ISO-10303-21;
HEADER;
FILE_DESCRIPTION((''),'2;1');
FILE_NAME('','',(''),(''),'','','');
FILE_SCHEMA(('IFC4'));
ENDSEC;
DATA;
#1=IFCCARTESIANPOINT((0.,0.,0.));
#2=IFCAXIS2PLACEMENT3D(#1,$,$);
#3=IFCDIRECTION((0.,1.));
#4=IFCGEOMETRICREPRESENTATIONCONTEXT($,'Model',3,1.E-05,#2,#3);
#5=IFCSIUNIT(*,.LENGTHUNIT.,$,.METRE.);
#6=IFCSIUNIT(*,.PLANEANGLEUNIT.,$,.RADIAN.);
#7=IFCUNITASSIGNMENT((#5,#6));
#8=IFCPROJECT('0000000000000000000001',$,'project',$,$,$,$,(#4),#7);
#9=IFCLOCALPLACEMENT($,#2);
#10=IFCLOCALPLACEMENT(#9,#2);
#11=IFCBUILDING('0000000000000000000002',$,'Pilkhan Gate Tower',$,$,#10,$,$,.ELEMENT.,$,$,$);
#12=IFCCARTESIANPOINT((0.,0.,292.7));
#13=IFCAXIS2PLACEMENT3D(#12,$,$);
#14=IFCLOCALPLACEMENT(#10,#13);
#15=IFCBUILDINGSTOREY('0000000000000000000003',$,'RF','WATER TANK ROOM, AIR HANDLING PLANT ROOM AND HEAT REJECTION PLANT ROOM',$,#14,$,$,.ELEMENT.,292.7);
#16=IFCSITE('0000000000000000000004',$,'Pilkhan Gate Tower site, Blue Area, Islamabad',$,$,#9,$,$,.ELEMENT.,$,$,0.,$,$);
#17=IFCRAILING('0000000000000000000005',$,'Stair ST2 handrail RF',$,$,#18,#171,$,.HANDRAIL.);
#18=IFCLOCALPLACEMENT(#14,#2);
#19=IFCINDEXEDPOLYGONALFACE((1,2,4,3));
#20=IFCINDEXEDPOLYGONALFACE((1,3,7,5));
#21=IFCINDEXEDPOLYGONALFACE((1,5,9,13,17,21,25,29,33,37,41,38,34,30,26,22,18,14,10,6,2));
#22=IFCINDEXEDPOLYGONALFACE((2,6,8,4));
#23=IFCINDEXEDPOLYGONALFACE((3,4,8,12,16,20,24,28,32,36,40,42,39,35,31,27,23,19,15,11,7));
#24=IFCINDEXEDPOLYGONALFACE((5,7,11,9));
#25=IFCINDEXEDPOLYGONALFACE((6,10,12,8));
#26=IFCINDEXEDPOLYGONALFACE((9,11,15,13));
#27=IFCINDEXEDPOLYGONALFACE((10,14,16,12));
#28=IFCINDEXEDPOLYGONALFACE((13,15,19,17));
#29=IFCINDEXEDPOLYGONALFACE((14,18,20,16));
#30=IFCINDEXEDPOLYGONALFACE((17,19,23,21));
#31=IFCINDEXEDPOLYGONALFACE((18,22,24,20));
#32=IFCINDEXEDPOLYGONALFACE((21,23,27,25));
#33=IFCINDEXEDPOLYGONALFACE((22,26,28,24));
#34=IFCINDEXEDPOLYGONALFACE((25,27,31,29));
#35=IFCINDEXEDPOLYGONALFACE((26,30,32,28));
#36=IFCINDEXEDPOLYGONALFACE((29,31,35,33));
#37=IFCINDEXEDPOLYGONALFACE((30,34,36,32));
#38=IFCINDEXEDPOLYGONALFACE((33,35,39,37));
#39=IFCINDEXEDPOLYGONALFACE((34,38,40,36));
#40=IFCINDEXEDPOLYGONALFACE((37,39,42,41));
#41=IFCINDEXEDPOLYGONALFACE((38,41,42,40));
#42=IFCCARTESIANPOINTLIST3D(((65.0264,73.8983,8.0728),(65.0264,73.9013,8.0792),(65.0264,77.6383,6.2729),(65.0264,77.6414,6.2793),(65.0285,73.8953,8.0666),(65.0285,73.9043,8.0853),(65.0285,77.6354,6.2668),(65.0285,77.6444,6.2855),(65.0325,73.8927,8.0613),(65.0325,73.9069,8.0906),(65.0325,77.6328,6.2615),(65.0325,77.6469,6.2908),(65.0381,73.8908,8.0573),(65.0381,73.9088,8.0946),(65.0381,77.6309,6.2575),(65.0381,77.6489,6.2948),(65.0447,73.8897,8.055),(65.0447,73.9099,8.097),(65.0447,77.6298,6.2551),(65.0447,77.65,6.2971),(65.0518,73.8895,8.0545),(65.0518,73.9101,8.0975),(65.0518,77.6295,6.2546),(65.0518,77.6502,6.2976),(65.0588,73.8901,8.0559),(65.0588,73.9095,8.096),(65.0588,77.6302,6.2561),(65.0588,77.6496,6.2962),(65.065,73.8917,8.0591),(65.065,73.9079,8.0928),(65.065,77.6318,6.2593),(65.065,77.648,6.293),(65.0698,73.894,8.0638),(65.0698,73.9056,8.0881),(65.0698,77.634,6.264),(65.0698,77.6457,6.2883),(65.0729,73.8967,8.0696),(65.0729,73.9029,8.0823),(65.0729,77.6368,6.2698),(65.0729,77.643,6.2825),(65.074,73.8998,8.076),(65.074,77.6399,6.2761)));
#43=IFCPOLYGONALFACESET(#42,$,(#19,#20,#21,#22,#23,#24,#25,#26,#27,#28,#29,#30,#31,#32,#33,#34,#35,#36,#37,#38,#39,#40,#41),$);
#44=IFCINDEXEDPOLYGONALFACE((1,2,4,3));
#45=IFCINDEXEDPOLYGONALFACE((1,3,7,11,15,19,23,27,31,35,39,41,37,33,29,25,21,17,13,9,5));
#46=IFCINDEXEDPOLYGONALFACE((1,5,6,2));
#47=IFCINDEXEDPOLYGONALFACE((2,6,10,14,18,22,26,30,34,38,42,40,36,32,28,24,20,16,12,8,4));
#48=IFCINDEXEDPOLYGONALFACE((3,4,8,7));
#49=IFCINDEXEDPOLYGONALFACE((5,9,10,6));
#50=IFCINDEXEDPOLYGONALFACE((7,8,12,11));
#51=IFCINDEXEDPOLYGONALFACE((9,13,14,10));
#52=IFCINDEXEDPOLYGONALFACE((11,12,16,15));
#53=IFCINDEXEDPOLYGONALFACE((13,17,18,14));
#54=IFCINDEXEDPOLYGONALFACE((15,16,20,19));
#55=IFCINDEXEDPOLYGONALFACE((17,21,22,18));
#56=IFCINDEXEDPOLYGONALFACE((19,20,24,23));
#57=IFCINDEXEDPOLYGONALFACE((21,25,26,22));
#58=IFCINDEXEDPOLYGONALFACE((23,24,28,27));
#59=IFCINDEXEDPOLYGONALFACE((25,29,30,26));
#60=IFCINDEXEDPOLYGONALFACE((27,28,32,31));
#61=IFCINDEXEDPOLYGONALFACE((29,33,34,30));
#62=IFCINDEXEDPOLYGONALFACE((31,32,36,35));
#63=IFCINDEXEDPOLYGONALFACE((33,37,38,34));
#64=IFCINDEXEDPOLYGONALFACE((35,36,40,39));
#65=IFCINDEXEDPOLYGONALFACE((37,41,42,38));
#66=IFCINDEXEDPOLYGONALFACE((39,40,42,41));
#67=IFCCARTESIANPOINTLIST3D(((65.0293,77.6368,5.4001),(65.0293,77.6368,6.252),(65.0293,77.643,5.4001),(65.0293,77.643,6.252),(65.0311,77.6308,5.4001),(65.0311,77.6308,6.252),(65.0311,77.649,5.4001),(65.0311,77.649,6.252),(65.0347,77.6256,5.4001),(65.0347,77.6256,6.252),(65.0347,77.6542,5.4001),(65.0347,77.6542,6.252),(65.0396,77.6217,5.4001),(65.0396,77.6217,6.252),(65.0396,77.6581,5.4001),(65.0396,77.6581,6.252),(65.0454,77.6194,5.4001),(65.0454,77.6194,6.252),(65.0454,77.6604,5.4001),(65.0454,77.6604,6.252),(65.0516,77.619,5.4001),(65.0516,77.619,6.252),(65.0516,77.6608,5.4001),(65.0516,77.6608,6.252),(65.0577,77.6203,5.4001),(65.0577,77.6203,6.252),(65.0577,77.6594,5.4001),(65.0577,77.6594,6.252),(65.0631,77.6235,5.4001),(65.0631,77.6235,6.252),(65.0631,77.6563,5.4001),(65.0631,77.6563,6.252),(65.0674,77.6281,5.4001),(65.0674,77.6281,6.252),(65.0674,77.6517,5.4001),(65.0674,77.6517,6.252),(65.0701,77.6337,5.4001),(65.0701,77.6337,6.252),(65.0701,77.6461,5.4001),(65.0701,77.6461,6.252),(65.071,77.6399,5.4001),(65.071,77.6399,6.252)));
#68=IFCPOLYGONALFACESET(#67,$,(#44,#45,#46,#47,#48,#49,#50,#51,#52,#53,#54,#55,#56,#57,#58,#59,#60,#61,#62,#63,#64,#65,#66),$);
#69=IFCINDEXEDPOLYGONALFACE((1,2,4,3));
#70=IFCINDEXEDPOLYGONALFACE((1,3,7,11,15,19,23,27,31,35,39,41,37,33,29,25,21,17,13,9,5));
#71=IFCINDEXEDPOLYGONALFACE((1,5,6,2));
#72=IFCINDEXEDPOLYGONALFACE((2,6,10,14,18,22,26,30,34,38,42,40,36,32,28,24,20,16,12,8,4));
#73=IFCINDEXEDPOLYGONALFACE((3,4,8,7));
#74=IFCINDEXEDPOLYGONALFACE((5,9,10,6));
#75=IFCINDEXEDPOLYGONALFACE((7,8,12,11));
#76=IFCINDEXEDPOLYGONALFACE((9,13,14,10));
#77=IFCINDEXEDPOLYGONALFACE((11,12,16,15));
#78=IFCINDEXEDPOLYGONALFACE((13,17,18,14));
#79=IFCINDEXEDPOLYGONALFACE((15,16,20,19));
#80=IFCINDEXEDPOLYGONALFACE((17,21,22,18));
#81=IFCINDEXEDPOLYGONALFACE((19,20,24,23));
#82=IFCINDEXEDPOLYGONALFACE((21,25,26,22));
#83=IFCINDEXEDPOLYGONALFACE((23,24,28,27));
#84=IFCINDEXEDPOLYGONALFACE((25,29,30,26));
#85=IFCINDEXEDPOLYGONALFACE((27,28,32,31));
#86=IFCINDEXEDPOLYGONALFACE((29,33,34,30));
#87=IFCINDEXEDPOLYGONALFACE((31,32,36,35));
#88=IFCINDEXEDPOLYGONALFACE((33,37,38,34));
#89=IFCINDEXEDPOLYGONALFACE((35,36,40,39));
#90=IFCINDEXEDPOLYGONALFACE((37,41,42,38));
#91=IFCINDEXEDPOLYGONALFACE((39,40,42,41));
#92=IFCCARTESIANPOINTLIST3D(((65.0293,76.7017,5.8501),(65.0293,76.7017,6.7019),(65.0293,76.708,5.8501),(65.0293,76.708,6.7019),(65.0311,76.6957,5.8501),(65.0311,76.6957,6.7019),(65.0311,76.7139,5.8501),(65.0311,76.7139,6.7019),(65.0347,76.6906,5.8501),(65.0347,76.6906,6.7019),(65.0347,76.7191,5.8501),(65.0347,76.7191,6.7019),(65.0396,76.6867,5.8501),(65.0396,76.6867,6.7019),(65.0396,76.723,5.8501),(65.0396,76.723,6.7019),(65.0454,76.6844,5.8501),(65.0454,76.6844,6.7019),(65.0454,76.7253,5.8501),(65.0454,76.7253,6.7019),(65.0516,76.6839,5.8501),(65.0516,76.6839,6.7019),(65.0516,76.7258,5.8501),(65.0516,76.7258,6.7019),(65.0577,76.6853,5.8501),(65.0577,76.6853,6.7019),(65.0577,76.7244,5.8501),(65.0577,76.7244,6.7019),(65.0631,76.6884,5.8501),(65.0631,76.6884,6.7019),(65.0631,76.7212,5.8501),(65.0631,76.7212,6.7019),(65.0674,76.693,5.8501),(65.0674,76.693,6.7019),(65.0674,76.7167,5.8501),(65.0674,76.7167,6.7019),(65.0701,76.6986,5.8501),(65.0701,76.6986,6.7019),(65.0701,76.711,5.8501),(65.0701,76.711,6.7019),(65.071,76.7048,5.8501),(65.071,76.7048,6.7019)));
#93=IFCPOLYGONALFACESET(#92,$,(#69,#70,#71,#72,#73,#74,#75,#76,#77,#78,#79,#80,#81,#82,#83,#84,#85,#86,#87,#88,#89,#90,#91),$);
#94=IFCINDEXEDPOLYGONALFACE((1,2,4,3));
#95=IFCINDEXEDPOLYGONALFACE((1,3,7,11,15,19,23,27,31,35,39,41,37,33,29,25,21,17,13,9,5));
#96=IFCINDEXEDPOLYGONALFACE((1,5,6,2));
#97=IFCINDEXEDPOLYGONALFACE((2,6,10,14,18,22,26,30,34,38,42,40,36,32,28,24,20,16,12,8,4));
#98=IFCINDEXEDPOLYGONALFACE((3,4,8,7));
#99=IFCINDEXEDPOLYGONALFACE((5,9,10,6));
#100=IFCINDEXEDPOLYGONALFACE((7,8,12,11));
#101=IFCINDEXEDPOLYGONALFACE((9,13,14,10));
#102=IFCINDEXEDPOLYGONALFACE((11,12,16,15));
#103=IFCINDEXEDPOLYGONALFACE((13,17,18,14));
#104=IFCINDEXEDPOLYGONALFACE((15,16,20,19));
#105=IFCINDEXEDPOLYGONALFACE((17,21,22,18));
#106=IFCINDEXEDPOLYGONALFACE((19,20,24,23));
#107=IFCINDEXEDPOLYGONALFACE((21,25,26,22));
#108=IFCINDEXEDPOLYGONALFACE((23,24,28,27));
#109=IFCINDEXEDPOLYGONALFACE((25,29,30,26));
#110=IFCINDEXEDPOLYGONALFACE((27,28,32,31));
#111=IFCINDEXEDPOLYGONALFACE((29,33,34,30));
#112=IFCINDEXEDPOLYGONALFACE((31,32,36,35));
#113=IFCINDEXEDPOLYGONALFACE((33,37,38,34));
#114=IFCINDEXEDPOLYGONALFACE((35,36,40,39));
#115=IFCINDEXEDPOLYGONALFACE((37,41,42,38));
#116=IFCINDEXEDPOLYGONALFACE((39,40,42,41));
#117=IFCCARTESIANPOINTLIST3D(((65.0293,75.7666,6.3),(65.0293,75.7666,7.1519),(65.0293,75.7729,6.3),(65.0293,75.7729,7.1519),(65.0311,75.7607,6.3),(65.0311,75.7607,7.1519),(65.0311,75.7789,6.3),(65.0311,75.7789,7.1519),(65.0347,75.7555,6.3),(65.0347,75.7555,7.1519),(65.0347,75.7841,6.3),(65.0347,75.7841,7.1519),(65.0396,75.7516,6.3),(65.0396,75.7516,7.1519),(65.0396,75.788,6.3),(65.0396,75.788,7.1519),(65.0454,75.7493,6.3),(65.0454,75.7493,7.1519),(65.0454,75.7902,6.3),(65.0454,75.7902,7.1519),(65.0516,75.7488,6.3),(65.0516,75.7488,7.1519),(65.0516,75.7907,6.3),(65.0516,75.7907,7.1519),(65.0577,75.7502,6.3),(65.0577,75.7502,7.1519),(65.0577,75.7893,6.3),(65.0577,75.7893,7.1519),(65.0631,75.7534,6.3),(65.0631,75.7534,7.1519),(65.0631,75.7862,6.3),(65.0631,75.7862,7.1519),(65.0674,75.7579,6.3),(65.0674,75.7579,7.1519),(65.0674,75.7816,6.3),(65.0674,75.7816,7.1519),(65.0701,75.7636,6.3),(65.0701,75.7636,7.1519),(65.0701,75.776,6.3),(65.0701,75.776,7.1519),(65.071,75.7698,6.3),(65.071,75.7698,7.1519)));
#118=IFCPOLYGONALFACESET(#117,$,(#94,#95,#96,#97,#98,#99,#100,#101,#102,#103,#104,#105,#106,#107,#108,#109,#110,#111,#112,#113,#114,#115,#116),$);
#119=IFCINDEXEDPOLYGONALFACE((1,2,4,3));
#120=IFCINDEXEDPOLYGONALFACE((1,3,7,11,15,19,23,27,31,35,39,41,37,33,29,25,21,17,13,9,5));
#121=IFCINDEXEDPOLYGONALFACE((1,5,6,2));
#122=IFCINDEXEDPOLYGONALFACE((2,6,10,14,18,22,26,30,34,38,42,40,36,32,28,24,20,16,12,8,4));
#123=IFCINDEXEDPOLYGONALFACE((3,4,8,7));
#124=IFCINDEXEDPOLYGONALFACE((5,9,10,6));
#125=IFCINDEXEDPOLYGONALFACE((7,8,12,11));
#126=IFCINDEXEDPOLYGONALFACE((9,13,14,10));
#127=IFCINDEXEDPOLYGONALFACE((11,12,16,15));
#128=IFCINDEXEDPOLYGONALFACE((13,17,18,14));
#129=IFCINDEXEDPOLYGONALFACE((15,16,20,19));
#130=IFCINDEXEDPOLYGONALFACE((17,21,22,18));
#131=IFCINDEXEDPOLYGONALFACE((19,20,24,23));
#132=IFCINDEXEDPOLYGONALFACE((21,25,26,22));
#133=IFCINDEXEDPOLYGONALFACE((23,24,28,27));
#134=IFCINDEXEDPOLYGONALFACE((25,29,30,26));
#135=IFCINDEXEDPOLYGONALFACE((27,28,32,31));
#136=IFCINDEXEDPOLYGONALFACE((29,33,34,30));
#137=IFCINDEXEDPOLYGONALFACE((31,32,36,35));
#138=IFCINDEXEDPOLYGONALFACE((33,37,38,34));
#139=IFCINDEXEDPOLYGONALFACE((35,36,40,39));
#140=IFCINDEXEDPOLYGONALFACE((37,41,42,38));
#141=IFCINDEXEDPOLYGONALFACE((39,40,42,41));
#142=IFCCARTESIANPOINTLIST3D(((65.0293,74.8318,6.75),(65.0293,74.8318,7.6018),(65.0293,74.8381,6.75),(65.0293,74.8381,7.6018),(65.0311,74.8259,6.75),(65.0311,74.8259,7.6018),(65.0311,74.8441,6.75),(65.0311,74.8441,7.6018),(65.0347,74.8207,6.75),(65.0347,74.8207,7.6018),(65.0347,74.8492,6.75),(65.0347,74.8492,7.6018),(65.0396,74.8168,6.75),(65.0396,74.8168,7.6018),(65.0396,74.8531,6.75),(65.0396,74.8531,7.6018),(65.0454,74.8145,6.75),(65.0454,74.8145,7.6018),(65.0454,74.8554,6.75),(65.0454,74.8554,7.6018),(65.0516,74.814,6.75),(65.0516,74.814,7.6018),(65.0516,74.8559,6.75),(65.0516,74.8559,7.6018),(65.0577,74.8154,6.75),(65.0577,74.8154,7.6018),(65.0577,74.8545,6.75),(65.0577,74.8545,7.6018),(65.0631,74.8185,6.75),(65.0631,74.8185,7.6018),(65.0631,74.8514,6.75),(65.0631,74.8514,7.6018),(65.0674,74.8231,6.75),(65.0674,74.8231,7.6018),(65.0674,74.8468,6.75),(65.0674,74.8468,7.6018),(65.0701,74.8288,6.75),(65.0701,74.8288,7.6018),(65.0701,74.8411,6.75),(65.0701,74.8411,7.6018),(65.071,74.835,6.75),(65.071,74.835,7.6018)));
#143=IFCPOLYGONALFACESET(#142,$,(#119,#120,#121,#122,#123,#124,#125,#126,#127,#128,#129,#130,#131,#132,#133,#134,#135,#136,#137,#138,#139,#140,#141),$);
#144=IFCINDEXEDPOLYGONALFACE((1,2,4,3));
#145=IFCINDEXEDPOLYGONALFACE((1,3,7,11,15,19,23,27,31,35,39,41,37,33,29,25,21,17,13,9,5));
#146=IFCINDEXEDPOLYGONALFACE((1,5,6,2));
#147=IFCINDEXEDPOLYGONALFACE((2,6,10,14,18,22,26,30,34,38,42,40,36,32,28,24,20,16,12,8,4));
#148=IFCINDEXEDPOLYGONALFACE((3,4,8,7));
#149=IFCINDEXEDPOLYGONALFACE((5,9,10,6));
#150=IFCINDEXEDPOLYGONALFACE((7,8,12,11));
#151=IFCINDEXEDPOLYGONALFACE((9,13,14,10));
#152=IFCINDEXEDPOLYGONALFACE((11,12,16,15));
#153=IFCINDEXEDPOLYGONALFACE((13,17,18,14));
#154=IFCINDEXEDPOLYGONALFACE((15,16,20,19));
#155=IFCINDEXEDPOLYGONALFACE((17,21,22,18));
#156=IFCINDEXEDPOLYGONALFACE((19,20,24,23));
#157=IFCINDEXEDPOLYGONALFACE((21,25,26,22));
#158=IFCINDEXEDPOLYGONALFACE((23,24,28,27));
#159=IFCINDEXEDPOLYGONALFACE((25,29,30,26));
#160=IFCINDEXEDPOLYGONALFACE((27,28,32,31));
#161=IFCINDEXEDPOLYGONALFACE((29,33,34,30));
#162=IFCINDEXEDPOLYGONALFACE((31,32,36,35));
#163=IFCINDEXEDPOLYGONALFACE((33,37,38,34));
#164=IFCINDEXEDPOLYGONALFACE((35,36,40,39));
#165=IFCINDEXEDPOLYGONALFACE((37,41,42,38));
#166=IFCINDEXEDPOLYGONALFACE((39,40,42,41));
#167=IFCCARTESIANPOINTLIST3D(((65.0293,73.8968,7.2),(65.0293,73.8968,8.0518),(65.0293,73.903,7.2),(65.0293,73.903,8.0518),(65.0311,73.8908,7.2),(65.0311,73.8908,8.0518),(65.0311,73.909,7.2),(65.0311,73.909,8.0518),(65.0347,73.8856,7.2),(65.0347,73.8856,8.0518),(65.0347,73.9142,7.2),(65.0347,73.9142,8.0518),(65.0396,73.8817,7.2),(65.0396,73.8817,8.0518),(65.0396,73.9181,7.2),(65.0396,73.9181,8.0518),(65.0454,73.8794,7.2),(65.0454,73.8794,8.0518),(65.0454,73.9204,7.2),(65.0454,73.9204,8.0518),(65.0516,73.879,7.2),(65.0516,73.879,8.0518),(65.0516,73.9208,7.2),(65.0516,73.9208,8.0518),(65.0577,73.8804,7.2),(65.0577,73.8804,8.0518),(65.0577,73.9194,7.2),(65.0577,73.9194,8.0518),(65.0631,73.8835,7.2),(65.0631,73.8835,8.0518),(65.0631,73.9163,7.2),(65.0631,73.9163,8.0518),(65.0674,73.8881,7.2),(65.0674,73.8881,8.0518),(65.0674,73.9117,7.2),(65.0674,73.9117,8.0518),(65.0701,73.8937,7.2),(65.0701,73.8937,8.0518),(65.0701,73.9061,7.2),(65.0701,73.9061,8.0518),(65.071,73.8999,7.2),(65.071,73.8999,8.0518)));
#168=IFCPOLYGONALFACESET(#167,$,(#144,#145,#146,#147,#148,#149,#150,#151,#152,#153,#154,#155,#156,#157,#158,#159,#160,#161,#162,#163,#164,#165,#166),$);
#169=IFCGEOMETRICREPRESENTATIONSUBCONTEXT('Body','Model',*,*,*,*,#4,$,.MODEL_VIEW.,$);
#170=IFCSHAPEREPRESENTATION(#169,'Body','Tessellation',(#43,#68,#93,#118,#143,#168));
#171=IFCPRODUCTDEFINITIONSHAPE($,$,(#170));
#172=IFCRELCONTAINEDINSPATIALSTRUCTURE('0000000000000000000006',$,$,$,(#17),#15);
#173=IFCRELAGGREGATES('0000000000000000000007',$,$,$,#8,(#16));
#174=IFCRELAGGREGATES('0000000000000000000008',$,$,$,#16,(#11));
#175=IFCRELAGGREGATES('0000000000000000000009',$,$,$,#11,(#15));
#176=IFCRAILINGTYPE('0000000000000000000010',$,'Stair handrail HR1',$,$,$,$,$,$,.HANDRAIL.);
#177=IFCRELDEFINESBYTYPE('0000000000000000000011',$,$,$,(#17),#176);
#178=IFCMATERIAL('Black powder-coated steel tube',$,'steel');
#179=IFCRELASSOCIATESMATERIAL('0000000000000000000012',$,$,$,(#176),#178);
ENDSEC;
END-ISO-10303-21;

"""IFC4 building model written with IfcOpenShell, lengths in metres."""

from ifc_helpers import new_model, si_unit, direction, frame, origin, origin_2d, place, context, subcontext, project, spatial, circle, extrude, material, type_object, element, save


model = new_model("IFC4")

# Units and contexts
model_context = context("Model", 3, precision=1e-05, world=origin(), true_north=direction((0.0, 1.0)))
body_context = subcontext(model_context, "Body", "Model", "MODEL_VIEW")
ifc_project = project(units=[si_unit("LENGTHUNIT", "METRE"), si_unit("PLANEANGLEUNIT", "RADIAN")], contexts=[model_context])

# Site, building, storey
site_placement = place(None, origin())
site = spatial("IfcSite", under=ifc_project, at=site_placement, Name="Pilkhan Gate Tower site, Blue Area, Islamabad", CompositionType="ELEMENT", RefElevation=0.0)
building_placement = place(site_placement, origin())
building = spatial("IfcBuilding", under=site, at=building_placement, Name="Pilkhan Gate Tower", CompositionType="ELEMENT")
storey_placement = place(building_placement, frame((0.0, 0.0, 292.7)))
storey = spatial("IfcBuildingStorey", under=building, at=storey_placement, Name="RF", Description="WATER TANK ROOM, AIR HANDLING PLANT ROOM AND HEAT REJECTION PLANT ROOM", CompositionType="ELEMENT", Elevation=292.7)

# Railing
ifc_material_1 = material(Name="Black powder-coated steel tube", Category="steel")
railing_type_1 = type_object("IfcRailingType", Name="Stair handrail HR1", PredefinedType="HANDRAIL", material=ifc_material_1)
railing_1_placement = place(storey_placement, frame((65.05, 77.6399, 5.4001)))
element("IfcRailing", 1, at=railing_1_placement, inside=storey, type_object=railing_type_1, Name="Stair ST2 handrail RF", PredefinedType="HANDRAIL", context=body_context, shape_type="SweptSolid", body=[
    extrude(circle(Radius=0.0239, at=origin_2d()), frame((0.0, 0.0, 0.876), z_axis=(0.0, -0.901089, 0.433633), x_axis=(1.0, 0.0, 0.0)), (0.0, 0.0, 1.0), 4.1506),
    extrude(circle(Radius=0.021, at=origin_2d()), origin(), (0.0, 0.0, 1.0), 0.8518),
    extrude(circle(Radius=0.021, at=origin_2d()), frame((0.0, -0.9351, 0.45)), (0.0, 0.0, 1.0), 0.8518),
    extrude(circle(Radius=0.021, at=origin_2d()), frame((0.0, -1.8701, 0.8999)), (0.0, 0.0, 1.0), 0.8518),
    extrude(circle(Radius=0.021, at=origin_2d()), frame((0.0, -2.8049, 1.3499)), (0.0, 0.0, 1.0), 0.8518),
    extrude(circle(Radius=0.021, at=origin_2d()), frame((0.0, -3.74, 1.7998)), (0.0, 0.0, 1.0), 0.8518),
])

save(model, "model.ifc")
